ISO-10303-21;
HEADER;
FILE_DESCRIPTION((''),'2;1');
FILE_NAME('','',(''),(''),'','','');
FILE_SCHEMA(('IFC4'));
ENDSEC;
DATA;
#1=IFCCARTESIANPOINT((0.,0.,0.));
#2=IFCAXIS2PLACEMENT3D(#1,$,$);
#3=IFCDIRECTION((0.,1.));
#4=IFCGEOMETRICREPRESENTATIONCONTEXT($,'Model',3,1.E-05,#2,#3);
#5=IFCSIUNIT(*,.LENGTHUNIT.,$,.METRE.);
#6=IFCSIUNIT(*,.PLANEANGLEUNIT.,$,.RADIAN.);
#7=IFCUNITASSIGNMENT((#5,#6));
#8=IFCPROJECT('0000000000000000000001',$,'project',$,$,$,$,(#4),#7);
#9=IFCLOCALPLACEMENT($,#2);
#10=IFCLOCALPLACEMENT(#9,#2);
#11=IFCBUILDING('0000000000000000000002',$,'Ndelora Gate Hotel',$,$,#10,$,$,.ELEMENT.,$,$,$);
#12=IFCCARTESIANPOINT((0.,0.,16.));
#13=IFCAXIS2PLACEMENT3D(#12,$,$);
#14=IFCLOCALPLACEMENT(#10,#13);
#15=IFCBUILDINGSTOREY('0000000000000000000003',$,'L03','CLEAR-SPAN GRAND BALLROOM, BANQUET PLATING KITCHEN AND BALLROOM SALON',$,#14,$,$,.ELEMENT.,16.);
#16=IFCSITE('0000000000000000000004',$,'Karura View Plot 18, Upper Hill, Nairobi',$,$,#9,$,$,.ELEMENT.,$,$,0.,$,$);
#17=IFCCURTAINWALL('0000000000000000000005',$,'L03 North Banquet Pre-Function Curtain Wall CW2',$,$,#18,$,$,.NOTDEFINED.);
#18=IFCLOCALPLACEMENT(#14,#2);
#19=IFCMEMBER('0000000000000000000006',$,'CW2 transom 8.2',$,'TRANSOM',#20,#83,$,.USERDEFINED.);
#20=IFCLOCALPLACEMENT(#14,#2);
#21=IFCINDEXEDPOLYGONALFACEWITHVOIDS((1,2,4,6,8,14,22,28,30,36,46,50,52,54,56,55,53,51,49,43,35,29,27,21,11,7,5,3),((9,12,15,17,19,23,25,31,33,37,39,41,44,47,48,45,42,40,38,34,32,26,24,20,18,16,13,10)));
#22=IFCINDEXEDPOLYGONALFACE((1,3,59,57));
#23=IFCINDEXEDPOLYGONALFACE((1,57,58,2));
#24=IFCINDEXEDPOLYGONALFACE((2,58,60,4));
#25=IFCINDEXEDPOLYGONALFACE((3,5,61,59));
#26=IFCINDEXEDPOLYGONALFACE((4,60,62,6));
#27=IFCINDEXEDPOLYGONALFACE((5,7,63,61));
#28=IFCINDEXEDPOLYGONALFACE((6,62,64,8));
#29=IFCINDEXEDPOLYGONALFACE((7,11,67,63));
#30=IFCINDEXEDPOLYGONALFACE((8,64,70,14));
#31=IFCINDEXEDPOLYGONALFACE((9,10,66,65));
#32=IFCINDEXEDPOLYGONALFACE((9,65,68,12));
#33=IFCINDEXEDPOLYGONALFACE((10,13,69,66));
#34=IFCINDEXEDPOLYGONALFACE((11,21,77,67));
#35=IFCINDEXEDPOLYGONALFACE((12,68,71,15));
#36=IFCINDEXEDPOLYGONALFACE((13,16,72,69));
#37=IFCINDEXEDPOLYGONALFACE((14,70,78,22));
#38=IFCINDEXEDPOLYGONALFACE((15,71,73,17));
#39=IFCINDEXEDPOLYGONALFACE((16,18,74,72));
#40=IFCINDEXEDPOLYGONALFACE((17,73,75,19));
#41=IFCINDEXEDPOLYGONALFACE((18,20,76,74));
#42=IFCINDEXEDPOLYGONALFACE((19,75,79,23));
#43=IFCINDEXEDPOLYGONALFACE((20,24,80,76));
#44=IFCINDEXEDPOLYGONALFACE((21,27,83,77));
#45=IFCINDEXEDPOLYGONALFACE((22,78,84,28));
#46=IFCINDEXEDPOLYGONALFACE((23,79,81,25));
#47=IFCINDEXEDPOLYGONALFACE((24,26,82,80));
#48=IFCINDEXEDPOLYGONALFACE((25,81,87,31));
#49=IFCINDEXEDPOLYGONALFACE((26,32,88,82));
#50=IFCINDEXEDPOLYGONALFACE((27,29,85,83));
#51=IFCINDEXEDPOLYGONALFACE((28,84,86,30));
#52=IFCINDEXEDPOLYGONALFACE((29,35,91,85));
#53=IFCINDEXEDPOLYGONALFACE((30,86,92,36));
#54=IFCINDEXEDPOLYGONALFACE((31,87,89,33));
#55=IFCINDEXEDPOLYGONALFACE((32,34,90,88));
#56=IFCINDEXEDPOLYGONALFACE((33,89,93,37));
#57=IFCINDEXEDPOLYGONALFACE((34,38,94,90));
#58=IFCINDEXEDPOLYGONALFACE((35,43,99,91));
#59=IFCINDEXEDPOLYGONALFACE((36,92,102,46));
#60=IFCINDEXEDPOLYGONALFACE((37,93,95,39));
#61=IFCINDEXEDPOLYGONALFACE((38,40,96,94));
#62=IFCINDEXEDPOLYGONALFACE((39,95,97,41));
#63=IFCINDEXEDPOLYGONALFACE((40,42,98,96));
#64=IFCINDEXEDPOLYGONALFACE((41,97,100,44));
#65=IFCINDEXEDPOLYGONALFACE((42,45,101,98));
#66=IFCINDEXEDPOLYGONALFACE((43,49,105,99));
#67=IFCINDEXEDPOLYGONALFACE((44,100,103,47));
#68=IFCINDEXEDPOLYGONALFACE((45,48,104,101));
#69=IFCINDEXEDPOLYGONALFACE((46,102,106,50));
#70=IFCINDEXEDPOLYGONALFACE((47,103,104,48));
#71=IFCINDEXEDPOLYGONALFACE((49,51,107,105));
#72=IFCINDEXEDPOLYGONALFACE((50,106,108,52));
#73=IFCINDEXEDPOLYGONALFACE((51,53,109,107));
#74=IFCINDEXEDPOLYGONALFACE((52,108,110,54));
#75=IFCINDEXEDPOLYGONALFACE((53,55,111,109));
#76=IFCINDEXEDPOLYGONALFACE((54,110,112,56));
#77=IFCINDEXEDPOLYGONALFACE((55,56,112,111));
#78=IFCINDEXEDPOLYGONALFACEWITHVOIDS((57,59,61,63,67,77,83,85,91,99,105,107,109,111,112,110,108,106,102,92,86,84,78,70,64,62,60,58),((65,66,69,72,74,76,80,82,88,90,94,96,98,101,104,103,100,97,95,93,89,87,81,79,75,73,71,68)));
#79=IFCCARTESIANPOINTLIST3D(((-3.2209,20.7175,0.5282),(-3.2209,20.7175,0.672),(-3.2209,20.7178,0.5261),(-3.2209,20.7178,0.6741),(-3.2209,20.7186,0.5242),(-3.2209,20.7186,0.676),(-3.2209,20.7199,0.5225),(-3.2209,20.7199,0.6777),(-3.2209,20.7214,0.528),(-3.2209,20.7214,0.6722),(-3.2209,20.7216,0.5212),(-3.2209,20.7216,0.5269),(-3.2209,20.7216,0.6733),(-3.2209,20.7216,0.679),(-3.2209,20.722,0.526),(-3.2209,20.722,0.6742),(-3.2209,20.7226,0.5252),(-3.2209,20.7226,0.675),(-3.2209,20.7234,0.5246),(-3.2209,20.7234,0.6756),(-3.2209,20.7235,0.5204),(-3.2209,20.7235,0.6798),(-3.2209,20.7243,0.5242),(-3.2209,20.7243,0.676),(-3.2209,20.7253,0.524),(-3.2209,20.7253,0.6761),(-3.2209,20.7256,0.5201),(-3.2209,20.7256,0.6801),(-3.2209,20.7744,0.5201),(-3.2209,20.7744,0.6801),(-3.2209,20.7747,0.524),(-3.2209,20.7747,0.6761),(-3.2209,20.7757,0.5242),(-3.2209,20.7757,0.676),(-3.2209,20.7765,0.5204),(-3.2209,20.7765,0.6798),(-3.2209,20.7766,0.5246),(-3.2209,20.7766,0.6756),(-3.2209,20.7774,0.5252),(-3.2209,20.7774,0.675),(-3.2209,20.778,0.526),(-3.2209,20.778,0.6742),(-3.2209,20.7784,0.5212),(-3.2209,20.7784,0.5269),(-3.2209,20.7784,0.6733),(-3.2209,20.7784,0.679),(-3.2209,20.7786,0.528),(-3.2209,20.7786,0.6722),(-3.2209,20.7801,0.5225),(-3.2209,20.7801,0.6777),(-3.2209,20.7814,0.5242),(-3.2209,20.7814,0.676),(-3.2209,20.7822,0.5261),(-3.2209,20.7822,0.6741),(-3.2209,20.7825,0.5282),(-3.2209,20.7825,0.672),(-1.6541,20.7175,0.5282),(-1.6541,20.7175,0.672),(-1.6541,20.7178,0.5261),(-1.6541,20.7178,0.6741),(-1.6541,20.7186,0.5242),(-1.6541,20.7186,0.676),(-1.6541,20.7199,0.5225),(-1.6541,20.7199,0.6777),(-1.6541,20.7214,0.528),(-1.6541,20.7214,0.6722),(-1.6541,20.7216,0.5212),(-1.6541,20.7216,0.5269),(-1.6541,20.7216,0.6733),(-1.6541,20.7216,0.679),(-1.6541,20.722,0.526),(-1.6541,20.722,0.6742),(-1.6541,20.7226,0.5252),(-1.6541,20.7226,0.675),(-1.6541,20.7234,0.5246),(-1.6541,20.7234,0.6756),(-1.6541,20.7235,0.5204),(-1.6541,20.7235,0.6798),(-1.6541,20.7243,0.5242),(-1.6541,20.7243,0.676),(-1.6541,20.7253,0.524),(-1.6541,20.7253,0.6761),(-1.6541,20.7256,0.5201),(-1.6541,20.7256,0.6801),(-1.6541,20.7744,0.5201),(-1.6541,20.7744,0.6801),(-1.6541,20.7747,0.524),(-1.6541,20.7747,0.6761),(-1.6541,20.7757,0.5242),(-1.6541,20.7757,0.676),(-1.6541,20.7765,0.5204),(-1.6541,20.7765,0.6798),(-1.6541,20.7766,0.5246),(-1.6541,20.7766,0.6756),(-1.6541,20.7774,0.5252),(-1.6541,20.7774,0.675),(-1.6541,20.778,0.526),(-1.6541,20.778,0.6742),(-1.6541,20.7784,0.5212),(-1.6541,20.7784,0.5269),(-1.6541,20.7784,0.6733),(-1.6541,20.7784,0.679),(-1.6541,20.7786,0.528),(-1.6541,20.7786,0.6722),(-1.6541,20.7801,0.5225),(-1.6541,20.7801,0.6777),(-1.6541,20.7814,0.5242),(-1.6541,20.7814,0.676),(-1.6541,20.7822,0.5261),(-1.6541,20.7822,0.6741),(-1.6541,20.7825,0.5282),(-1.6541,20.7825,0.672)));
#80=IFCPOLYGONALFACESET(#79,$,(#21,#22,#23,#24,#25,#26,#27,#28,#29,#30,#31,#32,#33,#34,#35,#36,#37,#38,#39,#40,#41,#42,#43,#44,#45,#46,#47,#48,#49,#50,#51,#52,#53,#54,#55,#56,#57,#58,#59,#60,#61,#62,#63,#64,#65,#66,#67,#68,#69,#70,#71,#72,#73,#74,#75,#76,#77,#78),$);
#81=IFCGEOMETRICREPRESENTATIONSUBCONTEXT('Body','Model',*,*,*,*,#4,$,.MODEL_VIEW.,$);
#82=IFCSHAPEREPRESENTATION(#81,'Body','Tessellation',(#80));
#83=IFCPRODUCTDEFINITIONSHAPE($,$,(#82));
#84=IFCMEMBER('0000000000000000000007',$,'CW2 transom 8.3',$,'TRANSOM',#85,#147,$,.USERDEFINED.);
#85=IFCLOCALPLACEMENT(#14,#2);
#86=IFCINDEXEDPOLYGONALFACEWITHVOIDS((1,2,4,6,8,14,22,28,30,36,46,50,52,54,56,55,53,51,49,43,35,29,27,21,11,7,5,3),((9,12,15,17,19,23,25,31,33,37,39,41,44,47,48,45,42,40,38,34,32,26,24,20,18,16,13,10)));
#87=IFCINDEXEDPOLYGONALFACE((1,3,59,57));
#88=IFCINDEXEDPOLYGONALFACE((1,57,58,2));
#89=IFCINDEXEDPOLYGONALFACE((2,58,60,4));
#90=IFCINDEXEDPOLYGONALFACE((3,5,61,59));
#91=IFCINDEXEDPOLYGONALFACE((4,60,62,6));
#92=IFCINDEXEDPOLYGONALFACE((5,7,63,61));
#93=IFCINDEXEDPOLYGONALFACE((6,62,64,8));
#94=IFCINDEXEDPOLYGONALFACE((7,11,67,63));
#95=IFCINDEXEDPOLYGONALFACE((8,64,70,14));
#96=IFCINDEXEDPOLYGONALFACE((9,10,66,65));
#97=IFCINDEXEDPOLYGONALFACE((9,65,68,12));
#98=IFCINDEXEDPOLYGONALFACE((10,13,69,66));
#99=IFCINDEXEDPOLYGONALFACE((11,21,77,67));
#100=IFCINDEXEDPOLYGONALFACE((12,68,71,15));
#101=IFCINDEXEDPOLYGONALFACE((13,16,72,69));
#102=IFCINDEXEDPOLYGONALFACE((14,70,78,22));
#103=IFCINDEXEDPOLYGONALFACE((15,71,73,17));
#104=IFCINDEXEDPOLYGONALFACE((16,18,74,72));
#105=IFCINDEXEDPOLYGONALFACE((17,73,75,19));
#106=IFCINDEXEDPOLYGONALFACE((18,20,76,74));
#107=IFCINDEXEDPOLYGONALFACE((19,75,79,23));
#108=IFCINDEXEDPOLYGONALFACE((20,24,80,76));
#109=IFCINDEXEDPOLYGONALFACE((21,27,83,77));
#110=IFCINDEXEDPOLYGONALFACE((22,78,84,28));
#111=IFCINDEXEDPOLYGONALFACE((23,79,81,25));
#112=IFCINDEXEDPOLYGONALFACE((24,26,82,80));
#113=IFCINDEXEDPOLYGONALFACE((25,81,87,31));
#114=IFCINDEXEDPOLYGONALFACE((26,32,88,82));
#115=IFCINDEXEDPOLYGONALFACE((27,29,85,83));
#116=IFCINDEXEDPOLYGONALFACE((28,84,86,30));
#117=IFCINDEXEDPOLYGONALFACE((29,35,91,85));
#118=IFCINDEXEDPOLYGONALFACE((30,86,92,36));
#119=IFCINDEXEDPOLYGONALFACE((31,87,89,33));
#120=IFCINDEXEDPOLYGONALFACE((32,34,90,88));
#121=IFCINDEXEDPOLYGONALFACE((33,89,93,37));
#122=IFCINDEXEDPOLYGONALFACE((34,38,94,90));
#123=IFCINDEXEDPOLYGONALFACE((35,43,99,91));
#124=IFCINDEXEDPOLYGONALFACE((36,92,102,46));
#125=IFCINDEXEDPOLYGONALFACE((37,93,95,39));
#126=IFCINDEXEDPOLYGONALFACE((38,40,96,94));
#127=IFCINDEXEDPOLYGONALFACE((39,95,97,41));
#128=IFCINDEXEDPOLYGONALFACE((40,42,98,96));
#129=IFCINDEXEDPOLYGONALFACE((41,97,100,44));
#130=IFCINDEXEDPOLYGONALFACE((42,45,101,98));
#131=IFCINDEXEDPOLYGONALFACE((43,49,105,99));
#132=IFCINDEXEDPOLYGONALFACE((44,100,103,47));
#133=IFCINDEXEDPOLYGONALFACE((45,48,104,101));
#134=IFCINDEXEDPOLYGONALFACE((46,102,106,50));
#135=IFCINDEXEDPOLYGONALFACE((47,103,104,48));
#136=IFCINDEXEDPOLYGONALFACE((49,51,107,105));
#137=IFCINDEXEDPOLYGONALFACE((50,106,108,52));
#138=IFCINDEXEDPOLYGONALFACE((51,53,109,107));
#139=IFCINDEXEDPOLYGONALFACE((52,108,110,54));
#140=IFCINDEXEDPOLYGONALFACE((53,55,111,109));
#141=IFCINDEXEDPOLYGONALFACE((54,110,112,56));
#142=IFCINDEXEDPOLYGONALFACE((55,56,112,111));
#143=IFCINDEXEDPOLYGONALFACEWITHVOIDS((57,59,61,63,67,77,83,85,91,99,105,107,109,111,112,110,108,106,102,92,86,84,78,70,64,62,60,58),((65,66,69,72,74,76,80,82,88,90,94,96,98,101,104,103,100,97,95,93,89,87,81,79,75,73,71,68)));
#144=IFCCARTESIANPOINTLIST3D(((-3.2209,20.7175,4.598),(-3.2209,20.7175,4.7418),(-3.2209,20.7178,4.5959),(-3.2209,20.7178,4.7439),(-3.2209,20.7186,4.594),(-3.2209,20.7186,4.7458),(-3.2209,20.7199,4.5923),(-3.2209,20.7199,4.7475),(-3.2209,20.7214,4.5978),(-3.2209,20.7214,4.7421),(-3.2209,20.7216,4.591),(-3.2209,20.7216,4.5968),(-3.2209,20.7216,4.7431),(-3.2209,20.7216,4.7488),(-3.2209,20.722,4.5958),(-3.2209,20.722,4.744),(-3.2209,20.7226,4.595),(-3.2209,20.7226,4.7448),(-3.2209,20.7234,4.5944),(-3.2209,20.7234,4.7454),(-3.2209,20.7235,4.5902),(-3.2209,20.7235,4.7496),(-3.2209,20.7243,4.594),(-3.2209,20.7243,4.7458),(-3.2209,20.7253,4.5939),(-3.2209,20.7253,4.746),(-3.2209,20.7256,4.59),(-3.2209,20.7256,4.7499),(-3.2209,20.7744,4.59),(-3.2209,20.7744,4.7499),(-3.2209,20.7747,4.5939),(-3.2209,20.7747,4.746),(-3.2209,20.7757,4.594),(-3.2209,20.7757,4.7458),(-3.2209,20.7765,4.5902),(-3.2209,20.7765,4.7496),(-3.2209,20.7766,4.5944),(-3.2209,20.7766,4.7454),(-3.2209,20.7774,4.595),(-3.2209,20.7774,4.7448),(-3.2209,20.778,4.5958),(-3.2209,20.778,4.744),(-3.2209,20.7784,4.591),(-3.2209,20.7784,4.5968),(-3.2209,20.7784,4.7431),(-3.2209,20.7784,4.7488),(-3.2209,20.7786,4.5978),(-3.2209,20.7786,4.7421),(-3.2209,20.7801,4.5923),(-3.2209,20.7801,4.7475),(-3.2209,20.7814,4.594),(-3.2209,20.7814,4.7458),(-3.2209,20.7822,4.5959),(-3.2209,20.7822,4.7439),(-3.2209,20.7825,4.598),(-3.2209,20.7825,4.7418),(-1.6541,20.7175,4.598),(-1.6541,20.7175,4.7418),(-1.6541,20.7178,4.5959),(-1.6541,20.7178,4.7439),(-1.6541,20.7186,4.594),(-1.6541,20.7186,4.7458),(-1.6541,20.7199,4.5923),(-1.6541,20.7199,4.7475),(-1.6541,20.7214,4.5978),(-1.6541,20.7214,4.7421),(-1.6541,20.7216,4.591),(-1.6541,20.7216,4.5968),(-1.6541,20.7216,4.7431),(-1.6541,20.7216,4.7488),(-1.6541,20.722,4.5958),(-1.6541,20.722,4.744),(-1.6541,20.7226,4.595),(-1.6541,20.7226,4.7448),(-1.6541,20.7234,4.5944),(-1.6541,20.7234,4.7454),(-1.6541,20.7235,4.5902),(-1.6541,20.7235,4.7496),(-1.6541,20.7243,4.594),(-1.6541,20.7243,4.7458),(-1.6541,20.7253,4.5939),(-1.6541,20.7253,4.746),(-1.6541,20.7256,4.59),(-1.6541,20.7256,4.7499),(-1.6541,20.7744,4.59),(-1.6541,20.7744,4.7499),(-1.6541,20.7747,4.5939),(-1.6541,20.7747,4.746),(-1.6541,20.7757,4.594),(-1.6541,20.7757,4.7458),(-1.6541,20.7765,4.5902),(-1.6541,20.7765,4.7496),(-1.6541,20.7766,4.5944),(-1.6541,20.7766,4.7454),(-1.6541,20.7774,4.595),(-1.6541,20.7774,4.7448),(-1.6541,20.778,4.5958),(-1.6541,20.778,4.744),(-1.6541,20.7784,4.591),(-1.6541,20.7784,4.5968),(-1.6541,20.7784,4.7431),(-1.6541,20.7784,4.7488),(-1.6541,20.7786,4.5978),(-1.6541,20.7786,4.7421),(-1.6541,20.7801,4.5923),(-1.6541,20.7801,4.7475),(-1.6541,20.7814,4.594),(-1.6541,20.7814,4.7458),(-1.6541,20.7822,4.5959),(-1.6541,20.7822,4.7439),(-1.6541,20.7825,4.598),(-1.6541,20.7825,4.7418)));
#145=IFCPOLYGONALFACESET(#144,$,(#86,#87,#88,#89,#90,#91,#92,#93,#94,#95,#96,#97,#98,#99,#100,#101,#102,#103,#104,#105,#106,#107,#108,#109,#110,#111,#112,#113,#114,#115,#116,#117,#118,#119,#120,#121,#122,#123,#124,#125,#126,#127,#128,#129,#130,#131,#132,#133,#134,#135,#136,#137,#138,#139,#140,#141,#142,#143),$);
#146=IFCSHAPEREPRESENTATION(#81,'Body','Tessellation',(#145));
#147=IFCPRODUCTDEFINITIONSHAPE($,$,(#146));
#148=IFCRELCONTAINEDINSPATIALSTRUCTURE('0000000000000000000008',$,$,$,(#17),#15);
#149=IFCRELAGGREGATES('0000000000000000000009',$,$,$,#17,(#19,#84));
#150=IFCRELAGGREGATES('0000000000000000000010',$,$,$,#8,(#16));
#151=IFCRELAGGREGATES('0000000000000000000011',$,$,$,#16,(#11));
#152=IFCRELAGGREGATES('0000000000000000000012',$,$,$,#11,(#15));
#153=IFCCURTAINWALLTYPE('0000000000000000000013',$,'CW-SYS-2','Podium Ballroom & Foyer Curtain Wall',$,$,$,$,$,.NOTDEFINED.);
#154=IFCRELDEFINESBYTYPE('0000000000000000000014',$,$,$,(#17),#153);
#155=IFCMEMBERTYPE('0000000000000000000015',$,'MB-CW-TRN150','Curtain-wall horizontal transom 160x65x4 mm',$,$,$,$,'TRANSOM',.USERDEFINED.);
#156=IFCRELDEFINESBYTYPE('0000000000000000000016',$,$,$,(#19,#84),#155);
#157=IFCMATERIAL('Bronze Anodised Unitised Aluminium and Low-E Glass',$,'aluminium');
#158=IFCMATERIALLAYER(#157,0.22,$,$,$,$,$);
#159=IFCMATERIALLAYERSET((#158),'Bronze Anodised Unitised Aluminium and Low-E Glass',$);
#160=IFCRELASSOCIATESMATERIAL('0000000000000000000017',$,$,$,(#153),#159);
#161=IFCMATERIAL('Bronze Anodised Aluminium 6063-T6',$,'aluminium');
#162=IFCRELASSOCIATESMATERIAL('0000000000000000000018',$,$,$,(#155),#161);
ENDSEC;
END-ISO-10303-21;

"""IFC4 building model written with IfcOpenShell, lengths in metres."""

from ifc_helpers import new_model, si_unit, direction, frame, origin, origin_2d, place, context, subcontext, project, spatial, hollow_rectangle, extrude, material, layer, layer_set, material_profile, profile_set, type_object, element, aggregate, save


model = new_model("IFC4")

# Units and contexts
model_context = context("Model", 3, precision=1e-05, world=origin(), true_north=direction((0.0, 1.0)))
body_context = subcontext(model_context, "Body", "Model", "MODEL_VIEW")
ifc_project = project(units=[si_unit("LENGTHUNIT", "METRE"), si_unit("PLANEANGLEUNIT", "RADIAN")], contexts=[model_context])

# Site, building, storey
site_placement = place(None, origin())
site = spatial("IfcSite", under=ifc_project, at=site_placement, Name="Karura View Plot 18, Upper Hill, Nairobi", CompositionType="ELEMENT", RefElevation=0.0)
building_placement = place(site_placement, origin())
building = spatial("IfcBuilding", under=site, at=building_placement, Name="Ndelora Gate Hotel", CompositionType="ELEMENT")
storey_placement = place(building_placement, frame((0.0, 0.0, 16.0)))
storey = spatial("IfcBuildingStorey", under=building, at=storey_placement, Name="L03", Description="CLEAR-SPAN GRAND BALLROOM, BANQUET PLATING KITCHEN AND BALLROOM SALON", CompositionType="ELEMENT", Elevation=16.0)

# Curtain wall, members
ifc_material_1 = material(Name="Bronze Anodised Unitised Aluminium and Low-E Glass", Category="aluminium")
ifc_layer_1 = layer(ifc_material_1, 0.22)
ifc_layer_set_1 = layer_set([ifc_layer_1], Name="Bronze Anodised Unitised Aluminium and Low-E Glass")
curtain_wall_type = type_object("IfcCurtainWallType", Name="CW-SYS-2", Description="Podium Ballroom & Foyer Curtain Wall", PredefinedType="NOTDEFINED", material=ifc_layer_set_1)
curtain_wall_placement = place(storey_placement, origin())
curtain_wall = element("IfcCurtainWall", 1, at=curtain_wall_placement, inside=storey, type_object=curtain_wall_type, Name="L03 North Banquet Pre-Function Curtain Wall CW2", PredefinedType="NOTDEFINED")
ifc_material_2 = material(Name="Bronze Anodised Aluminium 6063-T6", Category="aluminium")
ifc_material_profile_1 = material_profile(ifc_material_2, hollow_rectangle(XDim=0.0649, YDim=0.1599, WallThickness=0.0039, InnerFilletRadius=0.0039, OuterFilletRadius=0.0081, at=origin_2d()), Name="ALU 160x65x4")
ifc_profile_set_1 = profile_set([ifc_material_profile_1], Name="Bronze Anodised Aluminium 6063-T6")
member_type_1 = type_object("IfcMemberType", Name="MB-CW-TRN150", Description="Curtain-wall horizontal transom 160x65x4 mm", ElementType="TRANSOM", PredefinedType="USERDEFINED", material=ifc_profile_set_1)
member_1_placement = place(storey_placement, frame((-1.6541, 20.75, 0.6001), z_axis=(-1.0, 0.0, 0.0), x_axis=(0.0, -1.0, 0.0)))
member_1 = element("IfcMember", 2, at=member_1_placement, type_object=member_type_1, Name="CW2 transom 8.2", ObjectType="TRANSOM", PredefinedType="USERDEFINED", context=body_context, shape_type="SweptSolid", body=[
    extrude(hollow_rectangle(XDim=0.0649, YDim=0.1599, WallThickness=0.0039, InnerFilletRadius=0.0039, OuterFilletRadius=0.0081, at=origin_2d()), origin(), (0.0, 0.0, 1.0), 1.5669),
])
member_2_placement = place(storey_placement, frame((-1.6541, 20.75, 4.6699), z_axis=(-1.0, 0.0, 0.0), x_axis=(0.0, -1.0, 0.0)))
member_2 = element("IfcMember", 3, at=member_2_placement, type_object=member_type_1, Name="CW2 transom 8.3", ObjectType="TRANSOM", PredefinedType="USERDEFINED", context=body_context, shape_type="SweptSolid", body=[
    extrude(hollow_rectangle(XDim=0.0649, YDim=0.1599, WallThickness=0.0039, InnerFilletRadius=0.0039, OuterFilletRadius=0.0081, at=origin_2d()), origin(), (0.0, 0.0, 1.0), 1.5669),
])
aggregate(curtain_wall, [member_1, member_2])

save(model, "model.ifc")
